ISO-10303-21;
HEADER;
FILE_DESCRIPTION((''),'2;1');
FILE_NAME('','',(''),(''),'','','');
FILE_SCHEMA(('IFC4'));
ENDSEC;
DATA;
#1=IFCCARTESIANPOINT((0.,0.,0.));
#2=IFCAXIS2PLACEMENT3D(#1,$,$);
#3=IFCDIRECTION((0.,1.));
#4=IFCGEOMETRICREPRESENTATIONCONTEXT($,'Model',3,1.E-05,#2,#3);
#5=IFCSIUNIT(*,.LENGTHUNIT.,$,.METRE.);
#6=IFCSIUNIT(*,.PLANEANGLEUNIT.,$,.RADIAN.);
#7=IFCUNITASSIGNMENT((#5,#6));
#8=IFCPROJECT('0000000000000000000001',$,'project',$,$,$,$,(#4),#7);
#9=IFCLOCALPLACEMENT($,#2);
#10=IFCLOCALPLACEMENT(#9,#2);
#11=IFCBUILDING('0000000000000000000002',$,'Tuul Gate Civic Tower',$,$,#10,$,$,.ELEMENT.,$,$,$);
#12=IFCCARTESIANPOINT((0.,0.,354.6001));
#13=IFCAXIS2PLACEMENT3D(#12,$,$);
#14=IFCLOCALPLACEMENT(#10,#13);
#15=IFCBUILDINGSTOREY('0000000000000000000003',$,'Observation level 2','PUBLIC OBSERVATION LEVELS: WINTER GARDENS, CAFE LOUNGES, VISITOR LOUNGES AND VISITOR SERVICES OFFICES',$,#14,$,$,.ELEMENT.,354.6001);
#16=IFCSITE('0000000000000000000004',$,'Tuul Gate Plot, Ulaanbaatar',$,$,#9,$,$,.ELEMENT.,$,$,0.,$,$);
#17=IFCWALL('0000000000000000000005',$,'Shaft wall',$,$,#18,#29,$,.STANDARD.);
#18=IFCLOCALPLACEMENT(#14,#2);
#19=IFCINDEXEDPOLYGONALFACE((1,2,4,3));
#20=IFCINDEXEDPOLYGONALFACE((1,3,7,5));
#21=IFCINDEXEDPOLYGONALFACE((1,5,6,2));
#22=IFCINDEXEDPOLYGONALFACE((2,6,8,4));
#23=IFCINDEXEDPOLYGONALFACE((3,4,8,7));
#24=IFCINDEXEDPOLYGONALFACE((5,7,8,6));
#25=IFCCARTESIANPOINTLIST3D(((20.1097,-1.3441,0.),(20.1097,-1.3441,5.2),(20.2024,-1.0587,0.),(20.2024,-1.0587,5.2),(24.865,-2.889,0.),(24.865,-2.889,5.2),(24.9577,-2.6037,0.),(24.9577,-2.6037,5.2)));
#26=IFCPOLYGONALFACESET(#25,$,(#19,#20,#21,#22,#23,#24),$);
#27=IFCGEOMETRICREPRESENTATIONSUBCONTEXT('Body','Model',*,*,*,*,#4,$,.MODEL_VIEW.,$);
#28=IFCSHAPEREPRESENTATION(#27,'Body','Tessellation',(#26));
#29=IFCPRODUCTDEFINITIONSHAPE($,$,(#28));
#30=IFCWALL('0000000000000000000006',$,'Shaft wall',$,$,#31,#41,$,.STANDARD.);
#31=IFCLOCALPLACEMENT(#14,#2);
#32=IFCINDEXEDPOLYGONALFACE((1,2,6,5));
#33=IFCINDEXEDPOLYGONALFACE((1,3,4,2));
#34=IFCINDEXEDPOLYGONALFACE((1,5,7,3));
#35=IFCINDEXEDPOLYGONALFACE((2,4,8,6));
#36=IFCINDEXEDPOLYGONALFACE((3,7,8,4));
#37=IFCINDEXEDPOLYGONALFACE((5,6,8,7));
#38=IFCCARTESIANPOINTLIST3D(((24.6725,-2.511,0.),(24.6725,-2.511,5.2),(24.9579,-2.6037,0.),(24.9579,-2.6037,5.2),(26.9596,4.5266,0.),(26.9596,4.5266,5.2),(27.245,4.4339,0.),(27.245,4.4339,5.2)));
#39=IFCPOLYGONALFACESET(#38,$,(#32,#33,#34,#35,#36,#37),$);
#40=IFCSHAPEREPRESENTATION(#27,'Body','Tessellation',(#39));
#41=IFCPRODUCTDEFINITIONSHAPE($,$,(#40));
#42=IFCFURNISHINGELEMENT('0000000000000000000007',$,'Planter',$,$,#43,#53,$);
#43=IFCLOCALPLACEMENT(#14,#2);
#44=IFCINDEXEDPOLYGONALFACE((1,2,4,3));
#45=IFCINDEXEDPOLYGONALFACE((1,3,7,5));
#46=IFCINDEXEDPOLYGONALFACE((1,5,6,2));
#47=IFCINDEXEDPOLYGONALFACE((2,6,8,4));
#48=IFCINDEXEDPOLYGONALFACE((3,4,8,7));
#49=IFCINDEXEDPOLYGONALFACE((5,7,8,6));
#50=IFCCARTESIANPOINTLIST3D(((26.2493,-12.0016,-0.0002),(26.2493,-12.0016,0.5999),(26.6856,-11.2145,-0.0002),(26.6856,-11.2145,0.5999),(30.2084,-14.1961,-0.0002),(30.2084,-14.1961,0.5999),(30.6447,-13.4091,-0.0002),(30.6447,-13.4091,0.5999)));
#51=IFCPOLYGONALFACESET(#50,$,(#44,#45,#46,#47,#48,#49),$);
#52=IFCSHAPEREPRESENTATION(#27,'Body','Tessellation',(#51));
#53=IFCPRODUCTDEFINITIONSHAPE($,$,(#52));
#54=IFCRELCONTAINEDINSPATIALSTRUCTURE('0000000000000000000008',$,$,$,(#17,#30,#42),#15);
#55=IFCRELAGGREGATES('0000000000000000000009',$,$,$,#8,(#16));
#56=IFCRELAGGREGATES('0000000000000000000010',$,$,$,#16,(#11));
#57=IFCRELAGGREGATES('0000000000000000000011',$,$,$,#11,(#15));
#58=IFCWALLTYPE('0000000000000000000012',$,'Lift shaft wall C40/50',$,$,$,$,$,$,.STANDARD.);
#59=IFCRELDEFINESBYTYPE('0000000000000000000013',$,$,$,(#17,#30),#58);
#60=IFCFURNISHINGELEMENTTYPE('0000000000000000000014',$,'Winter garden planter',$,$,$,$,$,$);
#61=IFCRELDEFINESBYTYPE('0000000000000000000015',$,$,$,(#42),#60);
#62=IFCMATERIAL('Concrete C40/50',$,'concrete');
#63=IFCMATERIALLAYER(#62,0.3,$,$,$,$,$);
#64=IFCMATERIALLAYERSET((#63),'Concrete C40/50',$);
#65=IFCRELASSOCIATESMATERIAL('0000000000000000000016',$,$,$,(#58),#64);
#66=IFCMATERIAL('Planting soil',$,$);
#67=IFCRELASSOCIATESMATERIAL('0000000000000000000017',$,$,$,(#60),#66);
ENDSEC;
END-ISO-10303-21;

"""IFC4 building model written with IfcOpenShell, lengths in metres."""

from ifc_helpers import new_model, si_unit, direction, frame, frame_2d, origin, origin_2d, place, context, subcontext, project, spatial, rectangle, extrude, material, layer, layer_set, type_object, element, save


model = new_model("IFC4")

# Units and contexts
model_context = context("Model", 3, precision=1e-05, world=origin(), true_north=direction((0.0, 1.0)))
body_context = subcontext(model_context, "Body", "Model", "MODEL_VIEW")
ifc_project = project(units=[si_unit("LENGTHUNIT", "METRE"), si_unit("PLANEANGLEUNIT", "RADIAN")], contexts=[model_context])

# Site, building, storey
site_placement = place(None, origin())
site = spatial("IfcSite", under=ifc_project, at=site_placement, Name="Tuul Gate Plot, Ulaanbaatar", CompositionType="ELEMENT", RefElevation=0.0)
building_placement = place(site_placement, origin())
building = spatial("IfcBuilding", under=site, at=building_placement, Name="Tuul Gate Civic Tower", CompositionType="ELEMENT")
storey_placement = place(building_placement, frame((0.0, 0.0, 354.6001)))
storey = spatial("IfcBuildingStorey", under=building, at=storey_placement, Name="Observation level 2", Description="PUBLIC OBSERVATION LEVELS: WINTER GARDENS, CAFE LOUNGES, VISITOR LOUNGES AND VISITOR SERVICES OFFICES", CompositionType="ELEMENT", Elevation=354.6001)

# Walls
ifc_material_1 = material(Name="Concrete C40/50", Category="concrete")
ifc_layer_1 = layer(ifc_material_1, 0.3)
ifc_layer_set_1 = layer_set([ifc_layer_1], Name="Concrete C40/50")
wall_type_1 = type_object("IfcWallType", Name="Lift shaft wall C40/50", PredefinedType="STANDARD", material=ifc_layer_set_1)
wall_1_placement = place(storey_placement, frame((24.9114, -2.7463, 0.0), z_axis=(0.0, 0.0, 1.0), x_axis=(-0.951068, 0.308982, 0.0)))
element("IfcWall", 1, at=wall_1_placement, inside=storey, type_object=wall_type_1, Name="Shaft wall", PredefinedType="STANDARD", context=body_context, shape_type="SweptSolid", body=[
    extrude(rectangle(XDim=5.0, YDim=0.3, at=frame_2d((2.5, 0.0))), origin(), (0.0, 0.0, 1.0), 5.2),
])
wall_2_placement = place(storey_placement, frame((24.8152, -2.5574, 0.0), z_axis=(0.0, 0.0, 1.0), x_axis=(0.309073, 0.951038, 0.0)))
element("IfcWall", 2, at=wall_2_placement, inside=storey, type_object=wall_type_1, Name="Shaft wall", PredefinedType="STANDARD", context=body_context, shape_type="SweptSolid", body=[
    extrude(rectangle(XDim=7.3999, YDim=0.3, at=frame_2d((3.7, 0.0))), origin(), (0.0, 0.0, 1.0), 5.2),
])

# Furnishing element
ifc_material_2 = material(Name="Planting soil")
furnishing_element_type = type_object("IfcFurnishingElementType", Name="Winter garden planter", material=ifc_material_2)
furnishing_placement = place(storey_placement, frame((28.447, -12.7053, -0.0002), z_axis=(0.0, 0.0, 1.0), x_axis=(0.874621, -0.484808, 0.0)))
element("IfcFurnishingElement", 3, at=furnishing_placement, inside=storey, type_object=furnishing_element_type, Name="Planter", context=body_context, shape_type="SweptSolid", body=[
    extrude(rectangle(XDim=4.5266, YDim=0.8999, at=origin_2d()), origin(), (0.0, 0.0, 1.0), 0.6001),
])

save(model, "model.ifc")
